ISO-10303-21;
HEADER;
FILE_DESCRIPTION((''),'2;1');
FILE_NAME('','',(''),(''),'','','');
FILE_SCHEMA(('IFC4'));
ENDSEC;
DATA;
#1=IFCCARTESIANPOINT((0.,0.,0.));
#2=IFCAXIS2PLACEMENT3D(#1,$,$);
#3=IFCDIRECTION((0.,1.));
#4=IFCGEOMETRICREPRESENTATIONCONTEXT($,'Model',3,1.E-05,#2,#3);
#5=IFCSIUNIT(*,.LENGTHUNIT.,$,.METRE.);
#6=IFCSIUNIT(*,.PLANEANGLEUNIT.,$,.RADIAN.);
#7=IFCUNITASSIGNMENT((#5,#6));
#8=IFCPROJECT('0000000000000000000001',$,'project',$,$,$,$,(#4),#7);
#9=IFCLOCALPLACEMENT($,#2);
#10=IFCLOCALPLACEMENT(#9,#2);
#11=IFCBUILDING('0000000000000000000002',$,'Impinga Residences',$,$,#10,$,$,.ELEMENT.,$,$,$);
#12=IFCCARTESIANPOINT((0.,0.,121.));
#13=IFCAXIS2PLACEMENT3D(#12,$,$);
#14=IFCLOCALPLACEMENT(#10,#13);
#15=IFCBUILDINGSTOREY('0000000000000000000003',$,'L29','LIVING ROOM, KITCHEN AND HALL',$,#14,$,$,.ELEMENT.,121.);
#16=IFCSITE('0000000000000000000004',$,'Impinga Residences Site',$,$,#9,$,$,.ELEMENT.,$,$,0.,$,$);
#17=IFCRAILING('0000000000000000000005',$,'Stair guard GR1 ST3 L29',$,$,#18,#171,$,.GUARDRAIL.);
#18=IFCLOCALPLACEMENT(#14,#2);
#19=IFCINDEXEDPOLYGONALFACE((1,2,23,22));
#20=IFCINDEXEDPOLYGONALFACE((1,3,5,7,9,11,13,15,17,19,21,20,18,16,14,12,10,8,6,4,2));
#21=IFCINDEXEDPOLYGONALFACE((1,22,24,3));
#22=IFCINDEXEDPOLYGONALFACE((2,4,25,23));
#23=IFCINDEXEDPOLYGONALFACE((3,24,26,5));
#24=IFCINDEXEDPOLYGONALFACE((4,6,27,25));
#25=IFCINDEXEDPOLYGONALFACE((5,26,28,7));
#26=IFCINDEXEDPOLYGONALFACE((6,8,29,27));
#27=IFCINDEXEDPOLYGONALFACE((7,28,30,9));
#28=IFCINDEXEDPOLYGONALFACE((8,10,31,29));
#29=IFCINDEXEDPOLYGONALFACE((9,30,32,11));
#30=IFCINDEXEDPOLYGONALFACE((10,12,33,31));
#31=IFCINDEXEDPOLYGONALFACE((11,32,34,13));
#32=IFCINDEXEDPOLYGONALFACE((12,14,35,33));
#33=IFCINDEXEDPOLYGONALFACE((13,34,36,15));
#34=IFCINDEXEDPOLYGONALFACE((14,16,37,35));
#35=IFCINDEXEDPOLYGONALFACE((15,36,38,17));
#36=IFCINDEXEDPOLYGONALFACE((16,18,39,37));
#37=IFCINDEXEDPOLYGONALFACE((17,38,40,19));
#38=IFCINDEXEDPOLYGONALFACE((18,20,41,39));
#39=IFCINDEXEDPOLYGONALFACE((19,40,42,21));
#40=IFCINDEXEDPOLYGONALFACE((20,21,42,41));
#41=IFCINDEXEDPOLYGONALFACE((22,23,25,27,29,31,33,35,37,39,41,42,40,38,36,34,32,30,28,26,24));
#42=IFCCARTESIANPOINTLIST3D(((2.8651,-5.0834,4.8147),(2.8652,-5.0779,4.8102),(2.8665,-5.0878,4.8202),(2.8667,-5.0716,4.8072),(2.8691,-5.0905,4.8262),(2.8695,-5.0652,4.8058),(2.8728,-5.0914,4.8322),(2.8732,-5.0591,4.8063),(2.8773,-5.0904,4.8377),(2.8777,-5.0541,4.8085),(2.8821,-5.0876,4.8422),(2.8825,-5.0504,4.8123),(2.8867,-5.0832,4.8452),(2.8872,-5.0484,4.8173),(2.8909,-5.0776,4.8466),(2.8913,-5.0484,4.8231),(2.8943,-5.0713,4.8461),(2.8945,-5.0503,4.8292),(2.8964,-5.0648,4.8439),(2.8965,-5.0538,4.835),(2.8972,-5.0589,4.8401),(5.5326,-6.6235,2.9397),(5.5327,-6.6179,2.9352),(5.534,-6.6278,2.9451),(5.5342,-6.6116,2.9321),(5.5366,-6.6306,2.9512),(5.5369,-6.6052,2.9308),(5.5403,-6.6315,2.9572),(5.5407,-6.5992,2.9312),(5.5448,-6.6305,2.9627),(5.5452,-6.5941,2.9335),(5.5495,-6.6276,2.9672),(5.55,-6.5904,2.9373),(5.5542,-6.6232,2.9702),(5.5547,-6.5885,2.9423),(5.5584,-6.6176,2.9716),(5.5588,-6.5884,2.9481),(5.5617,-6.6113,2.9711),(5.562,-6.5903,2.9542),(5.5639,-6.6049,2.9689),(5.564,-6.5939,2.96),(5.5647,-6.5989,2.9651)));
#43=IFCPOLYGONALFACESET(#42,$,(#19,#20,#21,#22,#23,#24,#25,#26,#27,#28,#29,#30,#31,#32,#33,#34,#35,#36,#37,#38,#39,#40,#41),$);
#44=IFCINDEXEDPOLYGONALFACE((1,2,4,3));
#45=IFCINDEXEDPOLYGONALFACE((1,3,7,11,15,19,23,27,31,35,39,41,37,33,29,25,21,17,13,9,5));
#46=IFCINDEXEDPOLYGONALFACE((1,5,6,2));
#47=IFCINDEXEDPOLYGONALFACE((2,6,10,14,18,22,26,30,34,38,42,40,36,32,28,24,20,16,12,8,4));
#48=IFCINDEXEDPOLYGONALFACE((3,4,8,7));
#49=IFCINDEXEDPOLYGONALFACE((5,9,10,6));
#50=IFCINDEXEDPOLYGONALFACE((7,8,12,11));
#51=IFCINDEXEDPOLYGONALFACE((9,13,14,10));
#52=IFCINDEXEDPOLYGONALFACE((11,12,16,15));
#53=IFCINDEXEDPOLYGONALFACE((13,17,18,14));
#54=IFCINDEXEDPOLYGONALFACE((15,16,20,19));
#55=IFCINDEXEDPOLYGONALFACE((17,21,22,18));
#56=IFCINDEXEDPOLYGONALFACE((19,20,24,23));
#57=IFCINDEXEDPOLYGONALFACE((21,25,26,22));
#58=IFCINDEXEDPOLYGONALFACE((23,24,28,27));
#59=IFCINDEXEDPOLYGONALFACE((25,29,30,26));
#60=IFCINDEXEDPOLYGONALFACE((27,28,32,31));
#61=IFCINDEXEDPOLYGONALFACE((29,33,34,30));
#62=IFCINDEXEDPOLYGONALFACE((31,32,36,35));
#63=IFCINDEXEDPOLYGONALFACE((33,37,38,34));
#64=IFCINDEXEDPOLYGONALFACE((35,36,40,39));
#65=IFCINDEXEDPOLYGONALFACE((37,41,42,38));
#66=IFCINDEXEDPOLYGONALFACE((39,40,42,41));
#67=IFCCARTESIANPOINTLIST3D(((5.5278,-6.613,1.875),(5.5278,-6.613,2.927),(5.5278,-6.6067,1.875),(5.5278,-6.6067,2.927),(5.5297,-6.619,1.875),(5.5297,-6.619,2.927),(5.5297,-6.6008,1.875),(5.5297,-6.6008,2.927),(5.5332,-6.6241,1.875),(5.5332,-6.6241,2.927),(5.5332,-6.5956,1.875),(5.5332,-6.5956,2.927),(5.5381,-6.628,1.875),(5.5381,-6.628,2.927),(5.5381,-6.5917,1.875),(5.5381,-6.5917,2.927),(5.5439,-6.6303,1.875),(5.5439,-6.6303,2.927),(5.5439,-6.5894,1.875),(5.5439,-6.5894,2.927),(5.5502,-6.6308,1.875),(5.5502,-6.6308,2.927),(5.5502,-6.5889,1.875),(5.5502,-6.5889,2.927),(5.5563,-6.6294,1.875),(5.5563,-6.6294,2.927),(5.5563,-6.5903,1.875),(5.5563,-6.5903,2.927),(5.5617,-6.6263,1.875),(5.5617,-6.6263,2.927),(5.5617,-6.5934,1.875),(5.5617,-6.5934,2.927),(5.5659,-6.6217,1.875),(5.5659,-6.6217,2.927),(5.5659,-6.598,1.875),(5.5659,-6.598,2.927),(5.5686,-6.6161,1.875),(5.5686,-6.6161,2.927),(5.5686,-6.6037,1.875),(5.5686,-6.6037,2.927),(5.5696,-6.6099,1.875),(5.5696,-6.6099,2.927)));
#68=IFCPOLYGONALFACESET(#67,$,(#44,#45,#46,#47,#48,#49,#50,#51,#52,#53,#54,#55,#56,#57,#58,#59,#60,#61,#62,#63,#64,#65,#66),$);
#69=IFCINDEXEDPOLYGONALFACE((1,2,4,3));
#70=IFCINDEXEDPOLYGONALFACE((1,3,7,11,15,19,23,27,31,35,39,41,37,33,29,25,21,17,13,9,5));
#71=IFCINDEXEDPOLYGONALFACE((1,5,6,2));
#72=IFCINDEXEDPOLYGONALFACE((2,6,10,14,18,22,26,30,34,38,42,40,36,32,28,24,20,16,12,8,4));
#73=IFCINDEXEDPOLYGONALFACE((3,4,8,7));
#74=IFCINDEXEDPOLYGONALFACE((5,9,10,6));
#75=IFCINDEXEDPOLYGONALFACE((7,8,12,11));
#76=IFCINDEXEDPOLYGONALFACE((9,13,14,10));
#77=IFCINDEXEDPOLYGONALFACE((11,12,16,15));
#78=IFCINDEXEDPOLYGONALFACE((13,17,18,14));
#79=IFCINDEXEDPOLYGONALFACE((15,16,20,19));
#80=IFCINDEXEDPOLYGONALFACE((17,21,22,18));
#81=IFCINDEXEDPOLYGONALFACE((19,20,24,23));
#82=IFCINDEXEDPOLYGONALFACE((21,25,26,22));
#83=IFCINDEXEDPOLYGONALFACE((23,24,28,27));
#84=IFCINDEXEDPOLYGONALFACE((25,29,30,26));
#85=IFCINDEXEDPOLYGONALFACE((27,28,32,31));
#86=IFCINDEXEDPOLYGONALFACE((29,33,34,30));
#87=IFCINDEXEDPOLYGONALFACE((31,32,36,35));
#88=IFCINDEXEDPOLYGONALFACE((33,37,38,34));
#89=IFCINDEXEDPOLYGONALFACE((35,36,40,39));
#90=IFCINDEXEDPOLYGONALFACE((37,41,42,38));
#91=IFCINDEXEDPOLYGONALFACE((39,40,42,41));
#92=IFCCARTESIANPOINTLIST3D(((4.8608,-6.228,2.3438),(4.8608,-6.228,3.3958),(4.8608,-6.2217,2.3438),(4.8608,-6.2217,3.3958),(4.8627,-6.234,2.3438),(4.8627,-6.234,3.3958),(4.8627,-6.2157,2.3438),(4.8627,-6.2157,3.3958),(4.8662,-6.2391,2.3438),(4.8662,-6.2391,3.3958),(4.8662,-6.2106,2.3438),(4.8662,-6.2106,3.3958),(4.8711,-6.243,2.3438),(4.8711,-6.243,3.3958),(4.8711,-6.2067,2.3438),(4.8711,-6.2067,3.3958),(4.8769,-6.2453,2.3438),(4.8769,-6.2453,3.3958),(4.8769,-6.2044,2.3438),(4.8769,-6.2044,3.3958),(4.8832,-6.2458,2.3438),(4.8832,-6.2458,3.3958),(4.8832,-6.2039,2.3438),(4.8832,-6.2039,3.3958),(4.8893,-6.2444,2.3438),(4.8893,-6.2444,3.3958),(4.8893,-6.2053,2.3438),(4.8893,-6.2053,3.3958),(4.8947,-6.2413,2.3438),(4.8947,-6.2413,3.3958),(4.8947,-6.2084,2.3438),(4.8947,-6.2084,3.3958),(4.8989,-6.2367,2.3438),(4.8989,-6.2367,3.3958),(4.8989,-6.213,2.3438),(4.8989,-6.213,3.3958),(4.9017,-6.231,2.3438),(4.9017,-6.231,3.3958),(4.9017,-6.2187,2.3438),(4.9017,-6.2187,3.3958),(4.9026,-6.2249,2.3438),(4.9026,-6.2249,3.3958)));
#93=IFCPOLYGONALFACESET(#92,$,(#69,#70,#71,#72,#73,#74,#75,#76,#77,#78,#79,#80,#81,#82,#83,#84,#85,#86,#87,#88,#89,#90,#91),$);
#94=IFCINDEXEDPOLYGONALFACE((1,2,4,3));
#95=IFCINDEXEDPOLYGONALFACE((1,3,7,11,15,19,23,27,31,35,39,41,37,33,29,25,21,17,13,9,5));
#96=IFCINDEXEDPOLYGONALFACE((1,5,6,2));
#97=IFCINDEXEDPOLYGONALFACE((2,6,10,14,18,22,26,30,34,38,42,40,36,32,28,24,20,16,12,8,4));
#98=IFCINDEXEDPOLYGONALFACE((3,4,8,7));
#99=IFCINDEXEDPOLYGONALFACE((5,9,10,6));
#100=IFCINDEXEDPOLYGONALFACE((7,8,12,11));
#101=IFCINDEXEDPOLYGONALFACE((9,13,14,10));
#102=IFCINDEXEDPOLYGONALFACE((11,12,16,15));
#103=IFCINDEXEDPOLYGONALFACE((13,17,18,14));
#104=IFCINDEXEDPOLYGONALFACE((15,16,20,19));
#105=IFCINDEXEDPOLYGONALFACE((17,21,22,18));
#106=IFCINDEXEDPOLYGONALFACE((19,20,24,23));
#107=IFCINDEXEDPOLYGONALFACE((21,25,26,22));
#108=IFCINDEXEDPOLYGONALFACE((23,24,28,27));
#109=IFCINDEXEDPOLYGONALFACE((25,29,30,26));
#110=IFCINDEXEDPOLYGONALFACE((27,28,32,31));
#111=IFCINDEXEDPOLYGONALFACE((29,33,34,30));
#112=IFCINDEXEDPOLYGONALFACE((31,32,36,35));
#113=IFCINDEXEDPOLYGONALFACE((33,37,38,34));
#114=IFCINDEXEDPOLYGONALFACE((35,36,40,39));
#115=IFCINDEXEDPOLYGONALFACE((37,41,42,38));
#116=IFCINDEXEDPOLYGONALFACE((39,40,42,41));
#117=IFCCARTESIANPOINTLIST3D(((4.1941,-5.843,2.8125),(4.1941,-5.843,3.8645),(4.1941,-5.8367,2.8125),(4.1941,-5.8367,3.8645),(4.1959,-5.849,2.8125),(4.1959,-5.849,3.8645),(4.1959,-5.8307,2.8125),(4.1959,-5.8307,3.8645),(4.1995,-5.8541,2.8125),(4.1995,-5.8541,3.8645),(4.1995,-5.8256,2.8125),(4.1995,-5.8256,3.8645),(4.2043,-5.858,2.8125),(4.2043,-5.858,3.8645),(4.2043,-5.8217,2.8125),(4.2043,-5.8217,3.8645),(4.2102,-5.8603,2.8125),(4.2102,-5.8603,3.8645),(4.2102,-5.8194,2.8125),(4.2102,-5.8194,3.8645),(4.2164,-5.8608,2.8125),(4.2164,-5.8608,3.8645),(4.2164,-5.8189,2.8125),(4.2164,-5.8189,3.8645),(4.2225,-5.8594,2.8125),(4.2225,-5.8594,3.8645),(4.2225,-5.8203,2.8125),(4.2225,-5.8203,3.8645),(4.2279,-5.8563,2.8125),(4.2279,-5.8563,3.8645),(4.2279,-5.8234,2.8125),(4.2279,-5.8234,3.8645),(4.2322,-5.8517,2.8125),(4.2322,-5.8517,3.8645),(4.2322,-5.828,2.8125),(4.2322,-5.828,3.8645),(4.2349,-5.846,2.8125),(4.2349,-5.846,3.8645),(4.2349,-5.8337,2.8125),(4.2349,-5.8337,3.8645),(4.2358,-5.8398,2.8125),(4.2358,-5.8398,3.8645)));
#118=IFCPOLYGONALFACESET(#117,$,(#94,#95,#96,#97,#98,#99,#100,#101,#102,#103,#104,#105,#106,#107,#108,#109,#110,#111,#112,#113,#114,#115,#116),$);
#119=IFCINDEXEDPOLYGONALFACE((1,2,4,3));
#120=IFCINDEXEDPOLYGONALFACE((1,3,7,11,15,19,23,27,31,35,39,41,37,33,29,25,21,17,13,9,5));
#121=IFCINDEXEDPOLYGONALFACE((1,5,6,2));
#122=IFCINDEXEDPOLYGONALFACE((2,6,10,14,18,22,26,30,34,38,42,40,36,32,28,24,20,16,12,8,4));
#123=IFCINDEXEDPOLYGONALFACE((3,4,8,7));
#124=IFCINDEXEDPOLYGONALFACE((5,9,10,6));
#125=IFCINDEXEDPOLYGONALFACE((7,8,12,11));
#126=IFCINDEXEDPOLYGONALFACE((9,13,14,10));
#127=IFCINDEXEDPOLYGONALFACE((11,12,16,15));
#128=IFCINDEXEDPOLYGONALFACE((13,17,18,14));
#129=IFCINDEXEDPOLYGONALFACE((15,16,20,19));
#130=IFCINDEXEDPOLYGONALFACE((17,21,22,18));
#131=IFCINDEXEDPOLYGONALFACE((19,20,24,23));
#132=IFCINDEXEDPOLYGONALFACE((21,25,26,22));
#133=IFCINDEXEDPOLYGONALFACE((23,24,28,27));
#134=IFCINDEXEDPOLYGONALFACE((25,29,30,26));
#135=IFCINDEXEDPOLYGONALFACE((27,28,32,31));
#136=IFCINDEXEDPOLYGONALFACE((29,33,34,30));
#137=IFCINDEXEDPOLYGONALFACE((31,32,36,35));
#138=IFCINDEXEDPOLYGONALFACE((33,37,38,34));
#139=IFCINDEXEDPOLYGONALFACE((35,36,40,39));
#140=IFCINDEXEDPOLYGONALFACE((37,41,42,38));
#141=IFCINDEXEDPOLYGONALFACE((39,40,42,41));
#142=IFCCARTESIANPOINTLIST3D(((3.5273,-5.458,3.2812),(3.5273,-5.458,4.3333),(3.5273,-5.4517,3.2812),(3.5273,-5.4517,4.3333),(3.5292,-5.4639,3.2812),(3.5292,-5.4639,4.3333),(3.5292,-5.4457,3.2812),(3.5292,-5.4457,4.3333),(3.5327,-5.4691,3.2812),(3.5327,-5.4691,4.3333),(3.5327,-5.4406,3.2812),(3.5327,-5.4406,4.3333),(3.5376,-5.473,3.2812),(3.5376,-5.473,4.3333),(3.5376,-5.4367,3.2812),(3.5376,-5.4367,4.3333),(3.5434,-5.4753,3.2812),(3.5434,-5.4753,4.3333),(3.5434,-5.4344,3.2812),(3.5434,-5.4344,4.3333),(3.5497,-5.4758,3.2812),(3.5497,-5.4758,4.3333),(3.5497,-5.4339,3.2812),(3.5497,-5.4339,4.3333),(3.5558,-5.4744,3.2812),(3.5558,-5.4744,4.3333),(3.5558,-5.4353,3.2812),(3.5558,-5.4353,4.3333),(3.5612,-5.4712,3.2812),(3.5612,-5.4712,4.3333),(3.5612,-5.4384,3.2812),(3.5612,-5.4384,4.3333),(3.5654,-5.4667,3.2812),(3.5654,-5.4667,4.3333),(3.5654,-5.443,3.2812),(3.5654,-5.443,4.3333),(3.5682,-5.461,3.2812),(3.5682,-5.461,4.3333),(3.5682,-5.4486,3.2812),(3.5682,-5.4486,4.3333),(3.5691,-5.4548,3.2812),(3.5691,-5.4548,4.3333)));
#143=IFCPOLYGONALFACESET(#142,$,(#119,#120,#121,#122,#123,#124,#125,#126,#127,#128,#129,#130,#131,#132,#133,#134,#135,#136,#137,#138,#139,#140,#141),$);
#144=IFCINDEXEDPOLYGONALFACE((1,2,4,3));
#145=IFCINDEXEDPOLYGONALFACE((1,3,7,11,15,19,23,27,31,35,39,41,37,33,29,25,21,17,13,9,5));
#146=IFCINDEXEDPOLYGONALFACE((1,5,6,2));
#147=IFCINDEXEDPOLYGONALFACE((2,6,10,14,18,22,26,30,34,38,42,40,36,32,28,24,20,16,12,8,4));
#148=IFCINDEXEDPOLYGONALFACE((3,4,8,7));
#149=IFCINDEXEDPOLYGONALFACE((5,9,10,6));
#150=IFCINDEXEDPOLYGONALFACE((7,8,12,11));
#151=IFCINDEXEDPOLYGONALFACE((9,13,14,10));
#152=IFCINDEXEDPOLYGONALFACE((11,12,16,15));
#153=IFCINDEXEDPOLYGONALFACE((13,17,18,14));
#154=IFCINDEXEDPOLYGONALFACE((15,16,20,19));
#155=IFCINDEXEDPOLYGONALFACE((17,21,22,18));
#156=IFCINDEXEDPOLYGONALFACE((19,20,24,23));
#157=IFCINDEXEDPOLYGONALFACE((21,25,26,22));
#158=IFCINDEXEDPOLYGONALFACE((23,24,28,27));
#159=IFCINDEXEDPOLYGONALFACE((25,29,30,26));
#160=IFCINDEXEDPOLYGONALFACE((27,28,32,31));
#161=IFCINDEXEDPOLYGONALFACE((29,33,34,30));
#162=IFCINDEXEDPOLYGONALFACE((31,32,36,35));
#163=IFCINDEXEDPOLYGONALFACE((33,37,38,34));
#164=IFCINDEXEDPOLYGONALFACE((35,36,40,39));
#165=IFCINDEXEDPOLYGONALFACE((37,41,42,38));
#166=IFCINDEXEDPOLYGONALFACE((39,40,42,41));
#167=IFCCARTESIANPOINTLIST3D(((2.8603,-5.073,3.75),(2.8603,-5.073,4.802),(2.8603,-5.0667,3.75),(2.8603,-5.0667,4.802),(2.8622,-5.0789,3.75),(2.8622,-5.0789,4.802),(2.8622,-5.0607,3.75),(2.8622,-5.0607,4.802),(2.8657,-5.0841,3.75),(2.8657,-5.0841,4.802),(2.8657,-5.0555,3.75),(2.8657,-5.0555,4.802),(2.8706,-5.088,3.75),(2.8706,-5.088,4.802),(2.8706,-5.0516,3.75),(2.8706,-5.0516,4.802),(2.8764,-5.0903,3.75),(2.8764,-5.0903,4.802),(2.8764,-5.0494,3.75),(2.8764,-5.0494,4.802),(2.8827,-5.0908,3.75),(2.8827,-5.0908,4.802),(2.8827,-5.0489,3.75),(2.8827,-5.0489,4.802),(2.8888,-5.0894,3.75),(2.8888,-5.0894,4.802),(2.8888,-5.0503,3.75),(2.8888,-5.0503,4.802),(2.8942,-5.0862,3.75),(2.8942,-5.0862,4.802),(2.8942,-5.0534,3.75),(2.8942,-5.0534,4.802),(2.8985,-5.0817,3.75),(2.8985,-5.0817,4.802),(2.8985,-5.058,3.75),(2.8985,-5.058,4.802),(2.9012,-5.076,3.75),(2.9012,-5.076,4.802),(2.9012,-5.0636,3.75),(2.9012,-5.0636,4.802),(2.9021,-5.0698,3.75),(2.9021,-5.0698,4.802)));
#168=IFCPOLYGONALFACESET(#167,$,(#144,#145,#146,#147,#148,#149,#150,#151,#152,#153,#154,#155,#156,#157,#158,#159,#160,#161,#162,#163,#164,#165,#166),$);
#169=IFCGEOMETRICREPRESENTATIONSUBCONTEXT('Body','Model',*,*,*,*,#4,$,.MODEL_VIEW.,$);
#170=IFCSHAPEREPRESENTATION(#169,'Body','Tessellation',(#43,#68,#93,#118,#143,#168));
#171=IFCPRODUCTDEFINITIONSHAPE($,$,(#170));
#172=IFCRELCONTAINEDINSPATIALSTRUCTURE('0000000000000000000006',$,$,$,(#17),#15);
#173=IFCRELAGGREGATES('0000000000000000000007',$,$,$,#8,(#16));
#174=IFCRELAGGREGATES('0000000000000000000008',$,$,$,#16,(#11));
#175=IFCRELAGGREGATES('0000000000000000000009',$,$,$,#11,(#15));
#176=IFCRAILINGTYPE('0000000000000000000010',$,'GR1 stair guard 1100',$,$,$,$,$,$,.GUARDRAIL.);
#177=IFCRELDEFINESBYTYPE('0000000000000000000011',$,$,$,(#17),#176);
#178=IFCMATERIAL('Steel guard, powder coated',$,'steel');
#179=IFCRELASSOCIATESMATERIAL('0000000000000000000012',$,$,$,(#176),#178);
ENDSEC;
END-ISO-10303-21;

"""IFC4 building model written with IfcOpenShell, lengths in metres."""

from ifc_helpers import new_model, si_unit, direction, frame, origin, origin_2d, place, context, subcontext, project, spatial, circle, extrude, material, type_object, element, save


model = new_model("IFC4")

# Units and contexts
model_context = context("Model", 3, precision=1e-05, world=origin(), true_north=direction((0.0, 1.0)))
body_context = subcontext(model_context, "Body", "Model", "MODEL_VIEW")
ifc_project = project(units=[si_unit("LENGTHUNIT", "METRE"), si_unit("PLANEANGLEUNIT", "RADIAN")], contexts=[model_context])

# Site, building, storey
site_placement = place(None, origin())
site = spatial("IfcSite", under=ifc_project, at=site_placement, Name="Impinga Residences Site", CompositionType="ELEMENT", RefElevation=0.0)
building_placement = place(site_placement, origin())
building = spatial("IfcBuilding", under=site, at=building_placement, Name="Impinga Residences", CompositionType="ELEMENT")
storey_placement = place(building_placement, frame((0.0, 0.0, 121.0)))
storey = spatial("IfcBuildingStorey", under=building, at=storey_placement, Name="L29", Description="LIVING ROOM, KITCHEN AND HALL", CompositionType="ELEMENT", Elevation=121.0)

# Railing
ifc_material_1 = material(Name="Steel guard, powder coated", Category="steel")
railing_type_1 = type_object("IfcRailingType", Name="GR1 stair guard 1100", PredefinedType="GUARDRAIL", material=ifc_material_1)
railing_1_placement = place(storey_placement, frame((5.5486, -6.6099, 1.875)))
element("IfcRailing", 1, at=railing_1_placement, inside=storey, type_object=railing_type_1, Name="Stair guard GR1 ST3 L29", PredefinedType="GUARDRAIL", context=body_context, shape_type="SweptSolid", body=[
    extrude(circle(Radius=0.0239, at=origin_2d()), frame((0.0, 0.0, 1.0762), z_axis=(-0.739746, 0.427084, 0.519975), x_axis=(-0.499992, -0.86603, 0.0)), (0.0, 0.0, 1.0), 3.606),
    extrude(circle(Radius=0.021, at=origin_2d()), origin(), (0.0, 0.0, 1.0), 1.052),
    extrude(circle(Radius=0.021, at=origin_2d()), frame((-0.667, 0.385, 0.4688)), (0.0, 0.0, 1.0), 1.052),
    extrude(circle(Radius=0.021, at=origin_2d()), frame((-1.3337, 0.77, 0.9375)), (0.0, 0.0, 1.0), 1.052),
    extrude(circle(Radius=0.021, at=origin_2d()), frame((-2.0005, 1.155, 1.4062)), (0.0, 0.0, 1.0), 1.052),
    extrude(circle(Radius=0.021, at=origin_2d()), frame((-2.6675, 1.54, 1.875)), (0.0, 0.0, 1.0), 1.052),
])

save(model, "model.ifc")
